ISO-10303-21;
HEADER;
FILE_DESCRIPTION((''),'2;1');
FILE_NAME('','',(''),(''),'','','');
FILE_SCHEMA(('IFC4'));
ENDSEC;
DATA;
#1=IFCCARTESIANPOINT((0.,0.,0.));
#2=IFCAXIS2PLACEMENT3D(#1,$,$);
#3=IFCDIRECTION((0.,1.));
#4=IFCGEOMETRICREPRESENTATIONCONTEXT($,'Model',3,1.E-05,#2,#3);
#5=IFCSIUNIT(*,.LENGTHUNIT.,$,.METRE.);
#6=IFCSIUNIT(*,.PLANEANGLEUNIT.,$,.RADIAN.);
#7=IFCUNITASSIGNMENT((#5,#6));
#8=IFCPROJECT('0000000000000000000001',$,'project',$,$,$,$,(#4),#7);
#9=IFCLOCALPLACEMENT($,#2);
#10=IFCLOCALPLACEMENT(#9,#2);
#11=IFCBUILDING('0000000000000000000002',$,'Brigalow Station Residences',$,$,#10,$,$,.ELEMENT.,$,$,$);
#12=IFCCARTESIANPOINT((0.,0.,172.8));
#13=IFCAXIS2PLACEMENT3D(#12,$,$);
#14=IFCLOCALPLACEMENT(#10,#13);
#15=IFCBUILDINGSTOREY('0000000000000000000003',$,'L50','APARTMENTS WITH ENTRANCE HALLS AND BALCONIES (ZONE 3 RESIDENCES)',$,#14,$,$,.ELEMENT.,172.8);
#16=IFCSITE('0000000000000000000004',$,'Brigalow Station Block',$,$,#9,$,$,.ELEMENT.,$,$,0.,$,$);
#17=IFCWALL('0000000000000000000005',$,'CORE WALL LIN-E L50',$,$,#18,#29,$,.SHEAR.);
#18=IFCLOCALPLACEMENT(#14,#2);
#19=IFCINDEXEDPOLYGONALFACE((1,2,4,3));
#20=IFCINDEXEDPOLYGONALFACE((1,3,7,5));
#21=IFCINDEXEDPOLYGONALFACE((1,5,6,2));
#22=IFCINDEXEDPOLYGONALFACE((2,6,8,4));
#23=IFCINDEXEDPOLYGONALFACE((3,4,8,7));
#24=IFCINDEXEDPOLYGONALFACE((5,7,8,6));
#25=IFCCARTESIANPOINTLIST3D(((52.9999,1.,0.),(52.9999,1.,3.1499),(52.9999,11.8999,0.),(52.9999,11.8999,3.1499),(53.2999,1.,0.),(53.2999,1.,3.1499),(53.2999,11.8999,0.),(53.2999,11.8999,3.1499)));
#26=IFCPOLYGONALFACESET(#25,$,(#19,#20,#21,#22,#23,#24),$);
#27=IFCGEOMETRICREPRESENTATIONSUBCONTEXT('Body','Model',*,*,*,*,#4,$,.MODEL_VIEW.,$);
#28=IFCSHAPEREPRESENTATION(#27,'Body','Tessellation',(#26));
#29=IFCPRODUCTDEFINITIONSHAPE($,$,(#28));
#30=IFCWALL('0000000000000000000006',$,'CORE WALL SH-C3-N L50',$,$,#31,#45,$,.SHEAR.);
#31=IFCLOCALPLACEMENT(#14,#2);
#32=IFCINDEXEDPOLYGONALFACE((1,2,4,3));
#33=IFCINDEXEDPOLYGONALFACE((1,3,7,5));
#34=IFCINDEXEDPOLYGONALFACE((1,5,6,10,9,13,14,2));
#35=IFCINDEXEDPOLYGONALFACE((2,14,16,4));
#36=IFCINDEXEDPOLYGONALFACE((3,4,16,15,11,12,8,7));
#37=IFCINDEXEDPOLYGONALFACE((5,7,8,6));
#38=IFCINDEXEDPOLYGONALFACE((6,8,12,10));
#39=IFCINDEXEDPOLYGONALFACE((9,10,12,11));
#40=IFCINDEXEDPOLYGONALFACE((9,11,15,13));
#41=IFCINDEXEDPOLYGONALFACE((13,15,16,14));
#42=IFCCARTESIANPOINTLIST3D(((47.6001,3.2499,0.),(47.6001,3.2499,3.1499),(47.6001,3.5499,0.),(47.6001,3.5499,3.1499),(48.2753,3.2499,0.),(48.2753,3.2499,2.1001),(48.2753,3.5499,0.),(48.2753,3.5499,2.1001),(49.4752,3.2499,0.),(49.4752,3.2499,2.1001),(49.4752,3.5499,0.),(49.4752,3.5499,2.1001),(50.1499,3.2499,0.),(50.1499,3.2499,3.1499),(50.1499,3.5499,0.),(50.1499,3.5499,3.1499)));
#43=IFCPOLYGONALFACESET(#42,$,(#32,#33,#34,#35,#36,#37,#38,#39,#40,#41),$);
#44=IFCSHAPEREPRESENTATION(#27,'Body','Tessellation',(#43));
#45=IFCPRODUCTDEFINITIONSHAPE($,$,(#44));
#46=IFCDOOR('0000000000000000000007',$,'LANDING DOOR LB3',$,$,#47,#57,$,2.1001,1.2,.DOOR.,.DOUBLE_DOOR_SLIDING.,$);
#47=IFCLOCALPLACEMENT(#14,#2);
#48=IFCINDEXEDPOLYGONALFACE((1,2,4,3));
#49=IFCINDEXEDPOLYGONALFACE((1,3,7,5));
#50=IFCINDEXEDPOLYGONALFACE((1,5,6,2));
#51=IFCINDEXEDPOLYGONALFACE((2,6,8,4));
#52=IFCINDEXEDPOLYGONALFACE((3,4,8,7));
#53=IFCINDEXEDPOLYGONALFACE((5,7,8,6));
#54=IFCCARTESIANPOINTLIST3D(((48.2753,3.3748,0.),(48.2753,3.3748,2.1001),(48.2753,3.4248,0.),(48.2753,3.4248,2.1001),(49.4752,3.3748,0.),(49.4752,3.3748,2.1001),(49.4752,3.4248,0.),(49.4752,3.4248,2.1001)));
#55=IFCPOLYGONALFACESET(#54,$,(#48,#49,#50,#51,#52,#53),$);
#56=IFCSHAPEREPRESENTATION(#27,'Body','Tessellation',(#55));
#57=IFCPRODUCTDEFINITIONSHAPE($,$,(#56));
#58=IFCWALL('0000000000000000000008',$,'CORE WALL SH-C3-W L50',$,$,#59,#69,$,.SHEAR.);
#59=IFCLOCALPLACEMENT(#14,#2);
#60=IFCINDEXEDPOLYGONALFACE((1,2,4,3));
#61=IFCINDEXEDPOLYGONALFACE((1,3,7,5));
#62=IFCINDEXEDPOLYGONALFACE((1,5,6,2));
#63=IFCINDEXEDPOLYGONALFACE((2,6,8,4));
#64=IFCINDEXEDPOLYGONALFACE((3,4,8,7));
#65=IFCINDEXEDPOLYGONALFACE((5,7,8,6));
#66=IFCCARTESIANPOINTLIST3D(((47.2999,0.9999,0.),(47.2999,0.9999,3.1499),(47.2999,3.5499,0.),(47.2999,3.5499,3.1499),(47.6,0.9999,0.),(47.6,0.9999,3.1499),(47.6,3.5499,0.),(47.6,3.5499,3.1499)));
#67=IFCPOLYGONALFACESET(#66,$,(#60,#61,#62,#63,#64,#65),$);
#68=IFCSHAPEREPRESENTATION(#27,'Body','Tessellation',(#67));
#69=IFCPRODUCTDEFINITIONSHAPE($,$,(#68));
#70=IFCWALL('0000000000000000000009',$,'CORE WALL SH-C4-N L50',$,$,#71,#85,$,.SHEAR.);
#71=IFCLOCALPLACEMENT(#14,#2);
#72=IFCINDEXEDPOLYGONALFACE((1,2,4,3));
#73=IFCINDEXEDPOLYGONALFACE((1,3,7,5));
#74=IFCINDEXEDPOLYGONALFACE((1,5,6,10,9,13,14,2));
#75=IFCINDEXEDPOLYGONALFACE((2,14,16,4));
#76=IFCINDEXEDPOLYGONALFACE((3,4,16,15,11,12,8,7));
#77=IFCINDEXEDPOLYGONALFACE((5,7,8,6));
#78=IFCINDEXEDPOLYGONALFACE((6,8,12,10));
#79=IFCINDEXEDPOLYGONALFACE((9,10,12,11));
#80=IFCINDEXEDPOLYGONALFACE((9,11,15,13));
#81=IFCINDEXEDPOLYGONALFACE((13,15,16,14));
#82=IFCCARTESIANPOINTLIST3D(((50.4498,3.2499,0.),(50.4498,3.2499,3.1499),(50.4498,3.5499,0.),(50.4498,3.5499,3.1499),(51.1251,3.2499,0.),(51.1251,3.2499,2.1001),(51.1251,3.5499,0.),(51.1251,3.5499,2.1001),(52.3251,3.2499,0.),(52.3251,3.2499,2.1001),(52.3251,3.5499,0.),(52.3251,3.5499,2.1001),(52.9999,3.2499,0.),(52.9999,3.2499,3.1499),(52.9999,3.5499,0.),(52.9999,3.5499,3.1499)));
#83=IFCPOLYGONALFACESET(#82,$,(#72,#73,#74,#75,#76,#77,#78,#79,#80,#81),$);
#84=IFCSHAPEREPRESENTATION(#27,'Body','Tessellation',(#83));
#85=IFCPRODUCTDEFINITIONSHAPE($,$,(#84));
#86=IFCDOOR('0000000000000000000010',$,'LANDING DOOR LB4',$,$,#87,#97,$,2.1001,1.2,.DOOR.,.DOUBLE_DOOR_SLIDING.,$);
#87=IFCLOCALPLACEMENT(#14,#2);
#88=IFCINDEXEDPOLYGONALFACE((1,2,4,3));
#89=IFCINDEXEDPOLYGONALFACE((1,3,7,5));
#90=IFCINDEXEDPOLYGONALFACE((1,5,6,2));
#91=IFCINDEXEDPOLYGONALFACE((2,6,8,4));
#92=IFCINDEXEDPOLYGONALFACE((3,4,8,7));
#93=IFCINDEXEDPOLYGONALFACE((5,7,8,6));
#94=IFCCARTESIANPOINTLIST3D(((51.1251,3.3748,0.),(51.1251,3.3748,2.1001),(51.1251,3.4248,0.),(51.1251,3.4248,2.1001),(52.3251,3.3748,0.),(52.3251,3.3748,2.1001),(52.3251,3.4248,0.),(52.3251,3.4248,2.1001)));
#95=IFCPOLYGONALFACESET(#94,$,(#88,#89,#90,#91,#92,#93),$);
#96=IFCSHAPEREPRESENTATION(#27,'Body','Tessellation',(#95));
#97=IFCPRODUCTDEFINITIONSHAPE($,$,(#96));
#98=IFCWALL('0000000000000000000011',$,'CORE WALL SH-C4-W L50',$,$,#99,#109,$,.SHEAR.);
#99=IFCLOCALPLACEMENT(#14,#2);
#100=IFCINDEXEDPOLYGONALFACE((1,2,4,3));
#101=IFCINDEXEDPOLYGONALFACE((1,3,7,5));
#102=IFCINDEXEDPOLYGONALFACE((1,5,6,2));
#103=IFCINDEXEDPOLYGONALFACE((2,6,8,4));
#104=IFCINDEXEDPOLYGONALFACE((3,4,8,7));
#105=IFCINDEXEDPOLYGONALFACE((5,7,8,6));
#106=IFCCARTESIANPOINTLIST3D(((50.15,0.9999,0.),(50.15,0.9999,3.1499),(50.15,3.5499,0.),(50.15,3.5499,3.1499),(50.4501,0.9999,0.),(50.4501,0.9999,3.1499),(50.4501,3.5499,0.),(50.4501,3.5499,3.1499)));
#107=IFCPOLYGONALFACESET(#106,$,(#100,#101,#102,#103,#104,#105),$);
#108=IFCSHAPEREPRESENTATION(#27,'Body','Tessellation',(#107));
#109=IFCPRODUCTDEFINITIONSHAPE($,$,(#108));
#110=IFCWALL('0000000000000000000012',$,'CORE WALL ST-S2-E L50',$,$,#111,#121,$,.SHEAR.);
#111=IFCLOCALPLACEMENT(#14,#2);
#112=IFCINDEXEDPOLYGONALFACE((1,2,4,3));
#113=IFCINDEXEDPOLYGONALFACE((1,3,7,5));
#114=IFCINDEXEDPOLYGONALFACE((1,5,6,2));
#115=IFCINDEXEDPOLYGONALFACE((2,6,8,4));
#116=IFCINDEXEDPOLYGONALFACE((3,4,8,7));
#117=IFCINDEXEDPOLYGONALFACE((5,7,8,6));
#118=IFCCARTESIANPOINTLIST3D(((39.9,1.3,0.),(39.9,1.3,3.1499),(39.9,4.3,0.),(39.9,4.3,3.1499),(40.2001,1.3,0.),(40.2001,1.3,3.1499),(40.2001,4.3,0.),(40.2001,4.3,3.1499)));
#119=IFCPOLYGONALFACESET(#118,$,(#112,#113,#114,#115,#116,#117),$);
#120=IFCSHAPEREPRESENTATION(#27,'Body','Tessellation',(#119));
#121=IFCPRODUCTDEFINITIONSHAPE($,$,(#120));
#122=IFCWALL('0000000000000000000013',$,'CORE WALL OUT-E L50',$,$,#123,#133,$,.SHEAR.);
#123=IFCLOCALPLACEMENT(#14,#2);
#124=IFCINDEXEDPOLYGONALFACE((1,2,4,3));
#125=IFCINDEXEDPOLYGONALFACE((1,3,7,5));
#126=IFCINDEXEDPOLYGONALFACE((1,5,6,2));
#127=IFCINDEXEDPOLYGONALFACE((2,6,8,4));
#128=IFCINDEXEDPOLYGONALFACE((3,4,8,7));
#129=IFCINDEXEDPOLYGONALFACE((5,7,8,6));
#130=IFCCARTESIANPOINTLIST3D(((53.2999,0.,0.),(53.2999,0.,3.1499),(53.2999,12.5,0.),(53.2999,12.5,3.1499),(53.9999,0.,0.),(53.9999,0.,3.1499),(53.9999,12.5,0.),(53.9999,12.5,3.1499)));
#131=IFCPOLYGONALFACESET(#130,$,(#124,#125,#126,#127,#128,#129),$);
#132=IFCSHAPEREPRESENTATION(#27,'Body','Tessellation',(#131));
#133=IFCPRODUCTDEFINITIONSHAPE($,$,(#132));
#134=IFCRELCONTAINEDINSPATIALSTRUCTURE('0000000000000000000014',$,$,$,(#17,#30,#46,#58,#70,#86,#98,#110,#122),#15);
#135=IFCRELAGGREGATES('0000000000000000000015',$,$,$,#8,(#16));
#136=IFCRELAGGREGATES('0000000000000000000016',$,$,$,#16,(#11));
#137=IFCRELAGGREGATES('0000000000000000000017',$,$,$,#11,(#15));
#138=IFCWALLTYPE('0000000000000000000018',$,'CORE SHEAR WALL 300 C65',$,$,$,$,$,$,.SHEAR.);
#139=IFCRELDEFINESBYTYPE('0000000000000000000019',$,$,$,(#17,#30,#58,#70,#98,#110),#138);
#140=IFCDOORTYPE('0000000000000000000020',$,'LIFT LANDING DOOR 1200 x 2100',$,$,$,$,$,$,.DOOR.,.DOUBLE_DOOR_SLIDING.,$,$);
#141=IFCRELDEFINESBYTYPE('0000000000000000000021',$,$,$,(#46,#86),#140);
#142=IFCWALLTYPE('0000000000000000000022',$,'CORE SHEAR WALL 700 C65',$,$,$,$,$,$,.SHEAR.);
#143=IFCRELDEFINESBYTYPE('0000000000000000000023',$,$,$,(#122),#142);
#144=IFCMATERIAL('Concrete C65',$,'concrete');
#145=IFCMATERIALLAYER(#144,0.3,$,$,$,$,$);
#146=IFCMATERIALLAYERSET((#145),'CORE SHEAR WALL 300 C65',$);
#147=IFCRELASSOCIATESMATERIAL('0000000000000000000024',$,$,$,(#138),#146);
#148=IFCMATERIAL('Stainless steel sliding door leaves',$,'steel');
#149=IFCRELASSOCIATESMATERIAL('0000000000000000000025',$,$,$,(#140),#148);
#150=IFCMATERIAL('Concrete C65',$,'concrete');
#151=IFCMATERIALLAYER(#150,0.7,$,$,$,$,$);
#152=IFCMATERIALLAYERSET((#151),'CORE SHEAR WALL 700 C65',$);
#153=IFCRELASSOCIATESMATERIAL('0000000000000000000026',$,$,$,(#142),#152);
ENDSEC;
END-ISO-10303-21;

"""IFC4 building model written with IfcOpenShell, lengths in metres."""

from ifc_helpers import new_model, si_unit, direction, frame, frame_2d, origin, place, context, subcontext, project, spatial, rectangle, extrude, material, layer, layer_set, type_object, element, fill, save


model = new_model("IFC4")

# Units and contexts
model_context = context("Model", 3, precision=1e-05, world=origin(), true_north=direction((0.0, 1.0)))
body_context = subcontext(model_context, "Body", "Model", "MODEL_VIEW")
ifc_project = project(units=[si_unit("LENGTHUNIT", "METRE"), si_unit("PLANEANGLEUNIT", "RADIAN")], contexts=[model_context])

# Site, building, storey
site_placement = place(None, origin())
site = spatial("IfcSite", under=ifc_project, at=site_placement, Name="Brigalow Station Block", CompositionType="ELEMENT", RefElevation=0.0)
building_placement = place(site_placement, origin())
building = spatial("IfcBuilding", under=site, at=building_placement, Name="Brigalow Station Residences", CompositionType="ELEMENT")
storey_placement = place(building_placement, frame((0.0, 0.0, 172.8)))
storey = spatial("IfcBuildingStorey", under=building, at=storey_placement, Name="L50", Description="APARTMENTS WITH ENTRANCE HALLS AND BALCONIES (ZONE 3 RESIDENCES)", CompositionType="ELEMENT", Elevation=172.8)

# Wall
ifc_material_1 = material(Name="Concrete C65", Category="concrete")
ifc_layer_1 = layer(ifc_material_1, 0.3)
ifc_layer_set_1 = layer_set([ifc_layer_1], Name="CORE SHEAR WALL 300 C65")
wall_type_1 = type_object("IfcWallType", Name="CORE SHEAR WALL 300 C65", PredefinedType="SHEAR", material=ifc_layer_set_1)
wall_1_placement = place(storey_placement, frame((53.1499, 1.0, 0.0), z_axis=(0.0, 0.0, 1.0), x_axis=(0.0, 1.0, 0.0)))
element("IfcWall", 1, at=wall_1_placement, inside=storey, type_object=wall_type_1, Name="CORE WALL LIN-E L50", PredefinedType="SHEAR", context=body_context, shape_type="SweptSolid", body=[
    extrude(rectangle(XDim=10.8999, YDim=0.3, at=frame_2d((5.45, 0.0))), origin(), (0.0, 0.0, 1.0), 3.1499),
])

# Wall, opening, door
wall_2_placement = place(storey_placement, frame((47.6001, 3.3999, 0.0), z_axis=(0.0, 0.0, 1.0), x_axis=(1.0, 0.0, 0.0)))
wall_2 = element("IfcWall", 2, at=wall_2_placement, inside=storey, type_object=wall_type_1, Name="CORE WALL SH-C3-N L50", PredefinedType="SHEAR", context=body_context, shape_type="SweptSolid", body=[
    extrude(rectangle(XDim=2.5498, YDim=0.3, at=frame_2d((1.2749, 0.0))), origin(), (0.0, 0.0, 1.0), 3.1499),
])
opening_1_placement = place(wall_2_placement, frame((0.675, 0.0, 0.0)))
opening_1 = element("IfcOpeningElement", 3, at=opening_1_placement, cuts=wall_2, PredefinedType="OPENING", context=body_context, shape_type="SweptSolid", body=[
    extrude(rectangle(XDim=1.2, YDim=2.1001, at=frame_2d((0.6001, 1.05))), frame((0.0, 0.1602, 0.0), z_axis=(0.0, -1.0, 0.0), x_axis=(1.0, 0.0, 0.0)), (0.0, 0.0, 1.0), 0.3201),
])
ifc_material_2 = material(Name="Stainless steel sliding door leaves", Category="steel")
door_type_1 = type_object("IfcDoorType", Name="LIFT LANDING DOOR 1200 x 2100", OperationType="DOUBLE_DOOR_SLIDING", PredefinedType="DOOR", material=ifc_material_2)
door_1_placement = place(opening_1_placement, origin())
door_1 = element("IfcDoor", 4, at=door_1_placement, inside=storey, type_object=door_type_1, Name="LANDING DOOR LB3", OperationType="DOUBLE_DOOR_SLIDING", OverallHeight=2.1001, OverallWidth=1.2, PredefinedType="DOOR", context=body_context, shape_type="SweptSolid", body=[
    extrude(rectangle(XDim=1.2, YDim=2.1001, at=frame_2d((0.6001, 1.05))), frame((0.0, 0.0249, 0.0), z_axis=(0.0, -1.0, 0.0), x_axis=(1.0, 0.0, 0.0)), (0.0, 0.0, 1.0), 0.05),
])
fill(opening_1, door_1)

# Wall
wall_3_placement = place(storey_placement, frame((47.45, 1.0, 0.0), z_axis=(0.0, 0.0, 1.0), x_axis=(0.0, 1.0, 0.0)))
element("IfcWall", 5, at=wall_3_placement, inside=storey, type_object=wall_type_1, Name="CORE WALL SH-C3-W L50", PredefinedType="SHEAR", context=body_context, shape_type="SweptSolid", body=[
    extrude(rectangle(XDim=2.55, YDim=0.3, at=frame_2d((1.2749, 0.0))), origin(), (0.0, 0.0, 1.0), 3.1499),
])

# Wall, opening, door
wall_4_placement = place(storey_placement, frame((50.45, 3.3999, 0.0), z_axis=(0.0, 0.0, 1.0), x_axis=(1.0, 0.0, 0.0)))
wall_4 = element("IfcWall", 6, at=wall_4_placement, inside=storey, type_object=wall_type_1, Name="CORE WALL SH-C4-N L50", PredefinedType="SHEAR", context=body_context, shape_type="SweptSolid", body=[
    extrude(rectangle(XDim=2.55, YDim=0.3, at=frame_2d((1.2749, 0.0))), origin(), (0.0, 0.0, 1.0), 3.1499),
])
opening_2_placement = place(wall_4_placement, frame((0.675, 0.0, 0.0)))
opening_2 = element("IfcOpeningElement", 7, at=opening_2_placement, cuts=wall_4, PredefinedType="OPENING", context=body_context, shape_type="SweptSolid", body=[
    extrude(rectangle(XDim=1.2, YDim=2.1001, at=frame_2d((0.6001, 1.05))), frame((0.0, 0.1602, 0.0), z_axis=(0.0, -1.0, 0.0), x_axis=(1.0, 0.0, 0.0)), (0.0, 0.0, 1.0), 0.3201),
])
door_2_placement = place(opening_2_placement, origin())
door_2 = element("IfcDoor", 8, at=door_2_placement, inside=storey, type_object=door_type_1, Name="LANDING DOOR LB4", OperationType="DOUBLE_DOOR_SLIDING", OverallHeight=2.1001, OverallWidth=1.2, PredefinedType="DOOR", context=body_context, shape_type="SweptSolid", body=[
    extrude(rectangle(XDim=1.2, YDim=2.1001, at=frame_2d((0.6001, 1.05))), frame((0.0, 0.0249, 0.0), z_axis=(0.0, -1.0, 0.0), x_axis=(1.0, 0.0, 0.0)), (0.0, 0.0, 1.0), 0.05),
])
fill(opening_2, door_2)

# Walls
wall_5_placement = place(storey_placement, frame((50.3, 1.0, 0.0), z_axis=(0.0, 0.0, 1.0), x_axis=(0.0, 1.0, 0.0)))
element("IfcWall", 9, at=wall_5_placement, inside=storey, type_object=wall_type_1, Name="CORE WALL SH-C4-W L50", PredefinedType="SHEAR", context=body_context, shape_type="SweptSolid", body=[
    extrude(rectangle(XDim=2.55, YDim=0.3, at=frame_2d((1.2749, 0.0))), origin(), (0.0, 0.0, 1.0), 3.1499),
])
wall_6_placement = place(storey_placement, frame((40.05, 1.3, 0.0), z_axis=(0.0, 0.0, 1.0), x_axis=(0.0, 1.0, 0.0)))
element("IfcWall", 10, at=wall_6_placement, inside=storey, type_object=wall_type_1, Name="CORE WALL ST-S2-E L50", PredefinedType="SHEAR", context=body_context, shape_type="SweptSolid", body=[
    extrude(rectangle(XDim=3.0, YDim=0.3, at=frame_2d((1.5, 0.0))), origin(), (0.0, 0.0, 1.0), 3.1499),
])
ifc_material_3 = material(Name="Concrete C65", Category="concrete")
ifc_layer_2 = layer(ifc_material_3, 0.7)
ifc_layer_set_2 = layer_set([ifc_layer_2], Name="CORE SHEAR WALL 700 C65")
wall_type_2 = type_object("IfcWallType", Name="CORE SHEAR WALL 700 C65", PredefinedType="SHEAR", material=ifc_layer_set_2)
wall_7_placement = place(storey_placement, frame((53.6499, 0.0, 0.0), z_axis=(0.0, 0.0, 1.0), x_axis=(0.0, 1.0, 0.0)))
element("IfcWall", 11, at=wall_7_placement, inside=storey, type_object=wall_type_2, Name="CORE WALL OUT-E L50", PredefinedType="SHEAR", context=body_context, shape_type="SweptSolid", body=[
    extrude(rectangle(XDim=12.5, YDim=0.7, at=frame_2d((6.25, 0.0))), origin(), (0.0, 0.0, 1.0), 3.1499),
])

save(model, "model.ifc")
